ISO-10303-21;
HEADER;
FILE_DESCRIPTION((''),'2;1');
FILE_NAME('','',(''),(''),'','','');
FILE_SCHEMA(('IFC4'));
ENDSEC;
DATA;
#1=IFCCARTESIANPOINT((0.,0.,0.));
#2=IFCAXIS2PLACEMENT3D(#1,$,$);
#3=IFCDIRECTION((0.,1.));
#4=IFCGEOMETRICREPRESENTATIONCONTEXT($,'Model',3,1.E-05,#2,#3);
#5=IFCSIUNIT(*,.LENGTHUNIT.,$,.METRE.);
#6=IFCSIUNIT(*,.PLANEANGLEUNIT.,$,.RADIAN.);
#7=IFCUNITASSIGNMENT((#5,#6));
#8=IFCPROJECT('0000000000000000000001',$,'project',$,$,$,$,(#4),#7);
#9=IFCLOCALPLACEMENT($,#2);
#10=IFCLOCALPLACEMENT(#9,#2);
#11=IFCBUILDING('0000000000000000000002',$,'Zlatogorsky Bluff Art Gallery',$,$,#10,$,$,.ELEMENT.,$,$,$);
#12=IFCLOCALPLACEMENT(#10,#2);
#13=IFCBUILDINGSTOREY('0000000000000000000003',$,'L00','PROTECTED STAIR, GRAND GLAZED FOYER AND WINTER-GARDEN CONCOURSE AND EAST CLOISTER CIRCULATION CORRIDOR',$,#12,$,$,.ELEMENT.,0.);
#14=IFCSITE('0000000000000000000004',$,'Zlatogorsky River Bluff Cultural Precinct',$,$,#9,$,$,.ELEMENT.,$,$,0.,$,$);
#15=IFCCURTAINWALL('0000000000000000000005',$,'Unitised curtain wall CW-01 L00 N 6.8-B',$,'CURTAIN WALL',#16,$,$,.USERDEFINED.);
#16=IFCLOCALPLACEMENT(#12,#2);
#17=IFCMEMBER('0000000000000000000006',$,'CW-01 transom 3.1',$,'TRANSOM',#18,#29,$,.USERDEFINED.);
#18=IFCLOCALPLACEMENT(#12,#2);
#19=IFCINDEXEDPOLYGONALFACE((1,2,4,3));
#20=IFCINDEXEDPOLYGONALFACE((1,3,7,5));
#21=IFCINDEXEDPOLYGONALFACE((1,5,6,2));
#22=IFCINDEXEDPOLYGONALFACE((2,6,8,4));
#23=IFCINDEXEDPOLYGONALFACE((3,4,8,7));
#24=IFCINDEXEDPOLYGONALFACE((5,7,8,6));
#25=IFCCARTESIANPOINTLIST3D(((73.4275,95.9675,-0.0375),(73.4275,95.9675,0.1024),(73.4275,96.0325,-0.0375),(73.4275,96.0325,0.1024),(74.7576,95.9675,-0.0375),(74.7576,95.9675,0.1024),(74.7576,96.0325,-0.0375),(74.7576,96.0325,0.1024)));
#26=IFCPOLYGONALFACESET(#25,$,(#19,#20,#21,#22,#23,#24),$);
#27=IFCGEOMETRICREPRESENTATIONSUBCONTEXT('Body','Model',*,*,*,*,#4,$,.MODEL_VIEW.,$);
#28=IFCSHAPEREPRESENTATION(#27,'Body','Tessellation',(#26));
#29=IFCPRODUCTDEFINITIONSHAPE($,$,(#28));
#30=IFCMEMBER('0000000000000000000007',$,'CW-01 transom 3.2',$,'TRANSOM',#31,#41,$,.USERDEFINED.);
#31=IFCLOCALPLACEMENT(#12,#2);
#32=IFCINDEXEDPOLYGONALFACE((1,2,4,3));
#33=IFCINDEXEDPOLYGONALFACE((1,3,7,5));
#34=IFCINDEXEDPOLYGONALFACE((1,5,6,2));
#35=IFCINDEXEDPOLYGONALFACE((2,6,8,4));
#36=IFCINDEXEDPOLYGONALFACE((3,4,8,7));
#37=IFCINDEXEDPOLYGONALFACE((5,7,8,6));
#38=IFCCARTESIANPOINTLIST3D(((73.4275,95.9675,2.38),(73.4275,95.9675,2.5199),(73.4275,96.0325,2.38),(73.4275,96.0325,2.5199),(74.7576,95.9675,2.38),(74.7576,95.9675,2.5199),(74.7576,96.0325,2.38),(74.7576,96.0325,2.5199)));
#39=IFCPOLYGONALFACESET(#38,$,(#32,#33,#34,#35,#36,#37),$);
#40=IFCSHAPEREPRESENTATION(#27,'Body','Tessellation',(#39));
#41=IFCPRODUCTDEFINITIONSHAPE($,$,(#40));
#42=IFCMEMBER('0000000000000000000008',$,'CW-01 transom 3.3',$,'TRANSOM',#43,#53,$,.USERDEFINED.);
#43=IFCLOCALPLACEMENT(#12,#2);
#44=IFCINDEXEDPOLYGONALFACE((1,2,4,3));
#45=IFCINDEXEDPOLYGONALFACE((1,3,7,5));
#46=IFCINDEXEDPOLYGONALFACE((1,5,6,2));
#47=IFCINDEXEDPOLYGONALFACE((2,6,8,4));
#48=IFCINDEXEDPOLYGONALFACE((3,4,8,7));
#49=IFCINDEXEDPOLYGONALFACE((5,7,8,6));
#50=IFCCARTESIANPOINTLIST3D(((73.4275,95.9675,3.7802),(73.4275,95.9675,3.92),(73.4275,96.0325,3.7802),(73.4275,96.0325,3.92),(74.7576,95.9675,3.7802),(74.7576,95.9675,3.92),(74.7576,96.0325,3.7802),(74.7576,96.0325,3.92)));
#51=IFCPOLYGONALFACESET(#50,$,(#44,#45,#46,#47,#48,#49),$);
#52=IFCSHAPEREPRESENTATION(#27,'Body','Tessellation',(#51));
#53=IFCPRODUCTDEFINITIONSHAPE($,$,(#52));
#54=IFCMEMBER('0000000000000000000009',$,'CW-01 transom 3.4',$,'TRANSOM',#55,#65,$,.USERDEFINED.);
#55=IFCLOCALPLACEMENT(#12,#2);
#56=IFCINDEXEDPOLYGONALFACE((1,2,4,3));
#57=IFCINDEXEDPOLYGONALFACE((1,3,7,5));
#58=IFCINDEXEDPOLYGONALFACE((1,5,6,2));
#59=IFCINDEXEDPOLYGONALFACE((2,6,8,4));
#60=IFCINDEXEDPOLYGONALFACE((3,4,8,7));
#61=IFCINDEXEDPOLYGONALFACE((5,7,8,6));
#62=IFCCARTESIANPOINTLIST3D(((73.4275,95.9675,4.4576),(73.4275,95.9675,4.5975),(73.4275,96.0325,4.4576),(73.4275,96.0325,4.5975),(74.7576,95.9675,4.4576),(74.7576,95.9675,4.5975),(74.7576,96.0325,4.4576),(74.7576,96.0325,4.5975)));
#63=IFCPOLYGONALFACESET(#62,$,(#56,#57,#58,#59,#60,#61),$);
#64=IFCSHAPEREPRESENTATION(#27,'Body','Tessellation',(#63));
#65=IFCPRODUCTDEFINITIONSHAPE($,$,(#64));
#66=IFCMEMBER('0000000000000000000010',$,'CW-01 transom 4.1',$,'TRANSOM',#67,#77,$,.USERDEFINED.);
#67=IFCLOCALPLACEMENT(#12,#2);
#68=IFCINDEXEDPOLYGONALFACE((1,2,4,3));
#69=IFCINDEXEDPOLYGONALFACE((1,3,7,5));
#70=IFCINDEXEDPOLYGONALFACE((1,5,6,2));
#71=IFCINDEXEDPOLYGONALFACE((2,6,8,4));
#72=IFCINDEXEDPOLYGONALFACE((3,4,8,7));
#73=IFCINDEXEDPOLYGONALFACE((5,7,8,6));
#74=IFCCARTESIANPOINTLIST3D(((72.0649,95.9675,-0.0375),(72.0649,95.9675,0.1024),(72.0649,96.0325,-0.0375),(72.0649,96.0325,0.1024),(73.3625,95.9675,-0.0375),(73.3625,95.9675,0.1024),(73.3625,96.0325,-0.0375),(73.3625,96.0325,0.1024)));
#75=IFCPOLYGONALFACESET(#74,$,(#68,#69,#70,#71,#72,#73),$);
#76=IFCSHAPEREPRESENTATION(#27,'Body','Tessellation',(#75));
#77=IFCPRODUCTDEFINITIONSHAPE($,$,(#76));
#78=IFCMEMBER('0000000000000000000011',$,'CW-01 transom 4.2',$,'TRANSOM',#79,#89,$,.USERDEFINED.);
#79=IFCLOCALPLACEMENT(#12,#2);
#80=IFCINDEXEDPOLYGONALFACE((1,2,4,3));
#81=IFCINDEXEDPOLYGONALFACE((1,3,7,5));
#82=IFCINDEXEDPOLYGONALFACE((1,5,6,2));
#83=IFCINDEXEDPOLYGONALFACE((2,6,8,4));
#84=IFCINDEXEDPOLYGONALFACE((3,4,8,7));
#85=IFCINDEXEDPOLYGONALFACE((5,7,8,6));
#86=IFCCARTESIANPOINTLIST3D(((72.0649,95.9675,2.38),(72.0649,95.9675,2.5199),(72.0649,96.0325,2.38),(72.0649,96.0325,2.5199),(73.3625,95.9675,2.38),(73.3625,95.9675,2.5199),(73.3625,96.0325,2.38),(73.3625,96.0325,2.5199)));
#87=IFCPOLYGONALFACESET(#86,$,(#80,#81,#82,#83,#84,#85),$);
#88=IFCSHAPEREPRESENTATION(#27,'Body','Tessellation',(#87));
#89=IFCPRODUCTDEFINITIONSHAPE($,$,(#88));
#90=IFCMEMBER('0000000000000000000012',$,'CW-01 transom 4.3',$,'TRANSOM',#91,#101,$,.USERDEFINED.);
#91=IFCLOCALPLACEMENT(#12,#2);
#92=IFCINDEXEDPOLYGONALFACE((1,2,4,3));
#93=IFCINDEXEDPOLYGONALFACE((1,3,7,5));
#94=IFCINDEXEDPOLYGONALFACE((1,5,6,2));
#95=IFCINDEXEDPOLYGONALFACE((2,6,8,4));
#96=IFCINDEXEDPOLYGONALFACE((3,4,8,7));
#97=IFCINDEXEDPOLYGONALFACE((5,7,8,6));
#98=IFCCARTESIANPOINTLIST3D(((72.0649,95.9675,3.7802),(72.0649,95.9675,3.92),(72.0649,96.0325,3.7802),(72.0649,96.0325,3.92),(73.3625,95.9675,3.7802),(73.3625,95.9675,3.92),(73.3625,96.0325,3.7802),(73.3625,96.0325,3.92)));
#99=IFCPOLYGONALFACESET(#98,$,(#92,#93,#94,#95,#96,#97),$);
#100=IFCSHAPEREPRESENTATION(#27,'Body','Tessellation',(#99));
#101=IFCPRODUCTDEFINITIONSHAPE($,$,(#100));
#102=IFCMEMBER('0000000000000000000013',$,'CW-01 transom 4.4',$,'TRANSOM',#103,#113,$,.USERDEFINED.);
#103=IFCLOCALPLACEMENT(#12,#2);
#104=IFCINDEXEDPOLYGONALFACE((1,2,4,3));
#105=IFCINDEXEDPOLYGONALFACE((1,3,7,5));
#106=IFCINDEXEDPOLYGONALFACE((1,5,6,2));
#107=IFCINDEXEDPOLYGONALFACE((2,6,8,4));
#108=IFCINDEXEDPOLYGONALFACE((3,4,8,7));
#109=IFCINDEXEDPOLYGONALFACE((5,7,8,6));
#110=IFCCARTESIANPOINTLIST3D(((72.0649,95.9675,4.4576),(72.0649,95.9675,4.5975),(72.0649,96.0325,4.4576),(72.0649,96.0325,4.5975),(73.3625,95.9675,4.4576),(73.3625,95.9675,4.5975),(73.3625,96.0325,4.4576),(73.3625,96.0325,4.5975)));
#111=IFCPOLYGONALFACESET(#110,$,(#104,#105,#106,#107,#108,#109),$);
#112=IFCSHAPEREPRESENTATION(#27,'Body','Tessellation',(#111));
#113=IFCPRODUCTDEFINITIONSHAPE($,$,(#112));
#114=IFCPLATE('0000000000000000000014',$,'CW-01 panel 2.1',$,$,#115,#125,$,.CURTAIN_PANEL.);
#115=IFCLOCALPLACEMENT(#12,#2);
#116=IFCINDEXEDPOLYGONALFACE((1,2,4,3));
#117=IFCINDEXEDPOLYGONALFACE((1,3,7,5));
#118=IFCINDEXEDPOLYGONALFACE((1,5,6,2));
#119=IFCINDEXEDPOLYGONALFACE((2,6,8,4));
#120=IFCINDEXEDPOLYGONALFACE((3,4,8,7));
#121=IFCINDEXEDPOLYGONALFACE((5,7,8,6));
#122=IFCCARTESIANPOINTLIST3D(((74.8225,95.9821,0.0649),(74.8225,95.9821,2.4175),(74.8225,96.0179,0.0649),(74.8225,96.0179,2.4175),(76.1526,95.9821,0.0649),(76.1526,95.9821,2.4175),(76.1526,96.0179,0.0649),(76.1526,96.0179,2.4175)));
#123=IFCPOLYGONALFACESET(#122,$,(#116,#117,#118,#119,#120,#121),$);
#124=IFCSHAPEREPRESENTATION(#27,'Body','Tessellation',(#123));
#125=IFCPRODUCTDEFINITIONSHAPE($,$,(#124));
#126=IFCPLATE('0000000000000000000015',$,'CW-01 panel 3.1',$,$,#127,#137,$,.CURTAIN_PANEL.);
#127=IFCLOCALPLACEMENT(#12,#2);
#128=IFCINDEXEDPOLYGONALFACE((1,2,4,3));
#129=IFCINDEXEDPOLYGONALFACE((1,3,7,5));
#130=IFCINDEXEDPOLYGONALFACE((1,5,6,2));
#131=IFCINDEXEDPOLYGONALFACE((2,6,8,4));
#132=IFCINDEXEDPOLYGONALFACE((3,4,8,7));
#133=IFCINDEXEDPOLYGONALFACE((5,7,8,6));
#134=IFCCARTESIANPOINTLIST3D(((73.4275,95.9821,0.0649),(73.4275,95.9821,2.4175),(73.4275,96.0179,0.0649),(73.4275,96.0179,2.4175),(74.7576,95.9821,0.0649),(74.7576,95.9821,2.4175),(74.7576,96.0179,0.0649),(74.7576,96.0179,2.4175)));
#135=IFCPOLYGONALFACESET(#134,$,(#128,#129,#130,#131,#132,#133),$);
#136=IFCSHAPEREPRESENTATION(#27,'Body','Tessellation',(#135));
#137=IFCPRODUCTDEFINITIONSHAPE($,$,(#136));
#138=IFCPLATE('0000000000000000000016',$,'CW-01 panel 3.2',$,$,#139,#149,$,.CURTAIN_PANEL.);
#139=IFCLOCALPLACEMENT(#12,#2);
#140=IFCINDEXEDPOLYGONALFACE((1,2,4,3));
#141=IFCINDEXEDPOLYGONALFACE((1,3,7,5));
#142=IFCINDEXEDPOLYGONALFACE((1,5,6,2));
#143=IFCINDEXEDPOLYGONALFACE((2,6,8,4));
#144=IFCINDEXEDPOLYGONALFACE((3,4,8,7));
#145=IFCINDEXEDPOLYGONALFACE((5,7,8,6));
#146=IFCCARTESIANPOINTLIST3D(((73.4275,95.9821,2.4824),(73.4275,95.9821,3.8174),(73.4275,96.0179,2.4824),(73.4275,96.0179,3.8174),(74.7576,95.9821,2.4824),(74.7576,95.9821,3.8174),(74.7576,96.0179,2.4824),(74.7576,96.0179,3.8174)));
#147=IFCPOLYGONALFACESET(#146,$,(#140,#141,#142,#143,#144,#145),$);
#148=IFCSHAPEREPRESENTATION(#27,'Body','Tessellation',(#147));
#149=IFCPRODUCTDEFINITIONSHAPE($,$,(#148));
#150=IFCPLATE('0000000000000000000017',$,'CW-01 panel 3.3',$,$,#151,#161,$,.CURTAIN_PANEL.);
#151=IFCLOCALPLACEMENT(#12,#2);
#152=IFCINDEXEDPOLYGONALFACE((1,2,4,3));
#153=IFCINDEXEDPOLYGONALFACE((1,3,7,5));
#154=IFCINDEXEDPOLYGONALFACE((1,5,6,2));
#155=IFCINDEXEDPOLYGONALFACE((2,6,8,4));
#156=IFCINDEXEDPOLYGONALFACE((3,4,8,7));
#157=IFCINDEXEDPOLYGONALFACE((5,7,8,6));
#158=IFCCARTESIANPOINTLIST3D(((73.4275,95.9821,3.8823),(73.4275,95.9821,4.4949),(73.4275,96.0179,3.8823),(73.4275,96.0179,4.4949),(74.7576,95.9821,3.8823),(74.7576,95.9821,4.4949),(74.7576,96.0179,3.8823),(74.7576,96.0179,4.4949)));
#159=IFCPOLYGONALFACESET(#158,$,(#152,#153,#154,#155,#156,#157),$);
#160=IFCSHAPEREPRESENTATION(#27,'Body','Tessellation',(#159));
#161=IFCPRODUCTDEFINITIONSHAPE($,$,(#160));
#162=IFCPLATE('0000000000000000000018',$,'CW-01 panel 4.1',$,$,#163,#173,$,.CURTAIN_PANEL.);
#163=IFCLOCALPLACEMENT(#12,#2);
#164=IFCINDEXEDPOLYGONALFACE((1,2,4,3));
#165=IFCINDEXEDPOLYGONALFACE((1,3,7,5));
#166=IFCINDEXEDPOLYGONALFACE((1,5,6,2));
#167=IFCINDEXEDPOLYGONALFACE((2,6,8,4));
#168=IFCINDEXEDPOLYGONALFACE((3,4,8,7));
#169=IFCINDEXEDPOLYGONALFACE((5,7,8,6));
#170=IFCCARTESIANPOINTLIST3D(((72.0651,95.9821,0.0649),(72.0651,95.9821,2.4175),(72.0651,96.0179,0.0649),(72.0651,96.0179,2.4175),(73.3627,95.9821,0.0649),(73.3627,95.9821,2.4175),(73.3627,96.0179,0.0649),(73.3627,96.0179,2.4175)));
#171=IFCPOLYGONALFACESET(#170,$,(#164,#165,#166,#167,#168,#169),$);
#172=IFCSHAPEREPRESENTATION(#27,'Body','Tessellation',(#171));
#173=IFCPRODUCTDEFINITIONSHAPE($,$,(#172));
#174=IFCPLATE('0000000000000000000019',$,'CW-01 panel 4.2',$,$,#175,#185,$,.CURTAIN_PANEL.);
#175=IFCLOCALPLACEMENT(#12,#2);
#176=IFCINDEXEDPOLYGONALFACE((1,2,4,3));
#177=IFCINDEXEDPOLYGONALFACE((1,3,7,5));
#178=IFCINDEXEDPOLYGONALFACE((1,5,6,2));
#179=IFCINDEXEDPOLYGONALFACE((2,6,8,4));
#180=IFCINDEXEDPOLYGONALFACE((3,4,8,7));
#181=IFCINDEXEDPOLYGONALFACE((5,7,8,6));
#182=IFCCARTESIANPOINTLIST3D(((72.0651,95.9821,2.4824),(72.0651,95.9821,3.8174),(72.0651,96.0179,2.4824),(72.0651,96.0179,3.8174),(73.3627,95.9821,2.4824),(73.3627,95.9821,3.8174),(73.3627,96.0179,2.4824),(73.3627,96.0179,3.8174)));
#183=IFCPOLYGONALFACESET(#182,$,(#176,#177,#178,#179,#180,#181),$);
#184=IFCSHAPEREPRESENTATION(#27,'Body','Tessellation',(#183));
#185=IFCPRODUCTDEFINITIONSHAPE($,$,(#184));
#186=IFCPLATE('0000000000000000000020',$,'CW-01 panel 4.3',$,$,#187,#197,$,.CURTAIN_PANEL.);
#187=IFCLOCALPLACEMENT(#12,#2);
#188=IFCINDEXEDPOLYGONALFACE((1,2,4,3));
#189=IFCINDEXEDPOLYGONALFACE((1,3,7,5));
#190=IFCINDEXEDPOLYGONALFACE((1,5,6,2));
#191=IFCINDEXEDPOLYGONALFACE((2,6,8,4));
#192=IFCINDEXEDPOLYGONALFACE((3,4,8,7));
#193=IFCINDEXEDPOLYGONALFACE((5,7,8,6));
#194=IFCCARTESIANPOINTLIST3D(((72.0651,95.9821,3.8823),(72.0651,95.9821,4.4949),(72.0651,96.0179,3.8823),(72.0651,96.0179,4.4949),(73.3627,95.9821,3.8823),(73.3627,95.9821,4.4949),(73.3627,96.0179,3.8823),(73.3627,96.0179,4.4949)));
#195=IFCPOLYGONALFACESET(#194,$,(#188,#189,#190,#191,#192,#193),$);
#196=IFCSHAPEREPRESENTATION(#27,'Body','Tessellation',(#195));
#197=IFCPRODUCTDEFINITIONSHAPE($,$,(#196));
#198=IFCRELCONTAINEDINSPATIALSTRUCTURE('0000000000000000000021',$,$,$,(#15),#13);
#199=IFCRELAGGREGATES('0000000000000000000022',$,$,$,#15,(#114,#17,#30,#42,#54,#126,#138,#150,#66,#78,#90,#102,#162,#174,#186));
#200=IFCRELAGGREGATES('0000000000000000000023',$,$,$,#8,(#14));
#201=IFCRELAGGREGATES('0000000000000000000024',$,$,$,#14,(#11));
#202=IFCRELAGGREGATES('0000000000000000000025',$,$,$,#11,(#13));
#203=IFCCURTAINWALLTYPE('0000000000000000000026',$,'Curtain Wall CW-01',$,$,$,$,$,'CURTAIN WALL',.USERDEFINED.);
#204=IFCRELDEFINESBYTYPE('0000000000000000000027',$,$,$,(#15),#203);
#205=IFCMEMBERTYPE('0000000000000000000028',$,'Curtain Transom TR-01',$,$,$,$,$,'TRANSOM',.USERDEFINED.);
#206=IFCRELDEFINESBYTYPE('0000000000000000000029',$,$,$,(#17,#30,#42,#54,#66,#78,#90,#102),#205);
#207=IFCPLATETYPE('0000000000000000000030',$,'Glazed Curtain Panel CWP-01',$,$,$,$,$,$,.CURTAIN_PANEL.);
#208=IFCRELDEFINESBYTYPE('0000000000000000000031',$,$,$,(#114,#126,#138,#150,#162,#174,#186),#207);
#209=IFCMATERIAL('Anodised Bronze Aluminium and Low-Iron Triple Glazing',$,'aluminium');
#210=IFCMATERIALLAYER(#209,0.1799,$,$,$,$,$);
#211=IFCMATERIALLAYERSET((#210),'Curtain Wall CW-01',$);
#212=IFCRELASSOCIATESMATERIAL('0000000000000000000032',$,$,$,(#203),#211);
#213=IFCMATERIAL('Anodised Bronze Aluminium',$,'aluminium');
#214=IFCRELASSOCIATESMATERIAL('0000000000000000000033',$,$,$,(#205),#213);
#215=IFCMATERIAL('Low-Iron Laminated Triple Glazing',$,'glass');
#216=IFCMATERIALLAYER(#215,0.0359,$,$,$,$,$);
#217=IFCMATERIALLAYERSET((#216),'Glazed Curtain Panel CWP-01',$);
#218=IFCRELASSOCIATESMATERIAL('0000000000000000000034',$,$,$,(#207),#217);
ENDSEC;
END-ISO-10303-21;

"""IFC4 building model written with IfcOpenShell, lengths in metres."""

from ifc_helpers import new_model, si_unit, direction, frame, origin, origin_2d, place, context, subcontext, project, spatial, rectangle, extrude, material, layer, layer_set, material_profile, profile_set, type_object, element, aggregate, save


model = new_model("IFC4")

# Units and contexts
model_context = context("Model", 3, precision=1e-05, world=origin(), true_north=direction((0.0, 1.0)))
body_context = subcontext(model_context, "Body", "Model", "MODEL_VIEW")
ifc_project = project(units=[si_unit("LENGTHUNIT", "METRE"), si_unit("PLANEANGLEUNIT", "RADIAN")], contexts=[model_context])

# Site, building, storey
site_placement = place(None, origin())
site = spatial("IfcSite", under=ifc_project, at=site_placement, Name="Zlatogorsky River Bluff Cultural Precinct", CompositionType="ELEMENT", RefElevation=0.0)
building_placement = place(site_placement, origin())
building = spatial("IfcBuilding", under=site, at=building_placement, Name="Zlatogorsky Bluff Art Gallery", CompositionType="ELEMENT")
storey_placement = place(building_placement, origin())
storey = spatial("IfcBuildingStorey", under=building, at=storey_placement, Name="L00", Description="PROTECTED STAIR, GRAND GLAZED FOYER AND WINTER-GARDEN CONCOURSE AND EAST CLOISTER CIRCULATION CORRIDOR", CompositionType="ELEMENT", Elevation=0.0)

# Curtain wall, members, plates
ifc_material_1 = material(Name="Anodised Bronze Aluminium and Low-Iron Triple Glazing", Category="aluminium")
ifc_layer_1 = layer(ifc_material_1, 0.1799)
ifc_layer_set_1 = layer_set([ifc_layer_1], Name="Curtain Wall CW-01")
curtain_wall_type = type_object("IfcCurtainWallType", Name="Curtain Wall CW-01", ElementType="CURTAIN WALL", PredefinedType="USERDEFINED", material=ifc_layer_set_1)
curtain_wall_placement = place(storey_placement, origin())
curtain_wall = element("IfcCurtainWall", 1, at=curtain_wall_placement, inside=storey, type_object=curtain_wall_type, Name="Unitised curtain wall CW-01 L00 N 6.8-B", ObjectType="CURTAIN WALL", PredefinedType="USERDEFINED")
ifc_material_2 = material(Name="Anodised Bronze Aluminium", Category="aluminium")
ifc_material_profile_1 = material_profile(ifc_material_2, rectangle(XDim=0.0649, YDim=0.1399, at=origin_2d()), Name="ALU TRANSOM 65x140")
ifc_profile_set_1 = profile_set([ifc_material_profile_1], Name="Anodised Bronze Aluminium")
member_type_1 = type_object("IfcMemberType", Name="Curtain Transom TR-01", ElementType="TRANSOM", PredefinedType="USERDEFINED", material=ifc_profile_set_1)
member_1_placement = place(storey_placement, frame((74.7576, 96.0, 0.0325), z_axis=(-1.0, 0.0, 0.0), x_axis=(0.0, -1.0, 0.0)))
member_1 = element("IfcMember", 2, at=member_1_placement, type_object=member_type_1, Name="CW-01 transom 3.1", ObjectType="TRANSOM", PredefinedType="USERDEFINED", context=body_context, shape_type="SweptSolid", body=[
    extrude(rectangle(XDim=0.0649, YDim=0.1399, at=origin_2d()), origin(), (0.0, 0.0, 1.0), 1.3301),
])
member_2_placement = place(storey_placement, frame((74.7576, 96.0, 2.45), z_axis=(-1.0, 0.0, 0.0), x_axis=(0.0, -1.0, 0.0)))
member_2 = element("IfcMember", 3, at=member_2_placement, type_object=member_type_1, Name="CW-01 transom 3.2", ObjectType="TRANSOM", PredefinedType="USERDEFINED", context=body_context, shape_type="SweptSolid", body=[
    extrude(rectangle(XDim=0.0649, YDim=0.1399, at=origin_2d()), origin(), (0.0, 0.0, 1.0), 1.3301),
])
member_3_placement = place(storey_placement, frame((74.7576, 96.0, 3.8501), z_axis=(-1.0, 0.0, 0.0), x_axis=(0.0, -1.0, 0.0)))
member_3 = element("IfcMember", 4, at=member_3_placement, type_object=member_type_1, Name="CW-01 transom 3.3", ObjectType="TRANSOM", PredefinedType="USERDEFINED", context=body_context, shape_type="SweptSolid", body=[
    extrude(rectangle(XDim=0.0649, YDim=0.1399, at=origin_2d()), origin(), (0.0, 0.0, 1.0), 1.3301),
])
member_4_placement = place(storey_placement, frame((74.7576, 96.0, 4.5276), z_axis=(-1.0, 0.0, 0.0), x_axis=(0.0, -1.0, 0.0)))
member_4 = element("IfcMember", 5, at=member_4_placement, type_object=member_type_1, Name="CW-01 transom 3.4", ObjectType="TRANSOM", PredefinedType="USERDEFINED", context=body_context, shape_type="SweptSolid", body=[
    extrude(rectangle(XDim=0.0649, YDim=0.1399, at=origin_2d()), origin(), (0.0, 0.0, 1.0), 1.3301),
])
member_5_placement = place(storey_placement, frame((73.3625, 96.0, 0.0325), z_axis=(-1.0, 0.0, 0.0), x_axis=(0.0, -1.0, 0.0)))
member_5 = element("IfcMember", 6, at=member_5_placement, type_object=member_type_1, Name="CW-01 transom 4.1", ObjectType="TRANSOM", PredefinedType="USERDEFINED", context=body_context, shape_type="SweptSolid", body=[
    extrude(rectangle(XDim=0.0649, YDim=0.1399, at=origin_2d()), origin(), (0.0, 0.0, 1.0), 1.2976),
])
member_6_placement = place(storey_placement, frame((73.3625, 96.0, 2.45), z_axis=(-1.0, 0.0, 0.0), x_axis=(0.0, -1.0, 0.0)))
member_6 = element("IfcMember", 7, at=member_6_placement, type_object=member_type_1, Name="CW-01 transom 4.2", ObjectType="TRANSOM", PredefinedType="USERDEFINED", context=body_context, shape_type="SweptSolid", body=[
    extrude(rectangle(XDim=0.0649, YDim=0.1399, at=origin_2d()), origin(), (0.0, 0.0, 1.0), 1.2976),
])
member_7_placement = place(storey_placement, frame((73.3625, 96.0, 3.8501), z_axis=(-1.0, 0.0, 0.0), x_axis=(0.0, -1.0, 0.0)))
member_7 = element("IfcMember", 8, at=member_7_placement, type_object=member_type_1, Name="CW-01 transom 4.3", ObjectType="TRANSOM", PredefinedType="USERDEFINED", context=body_context, shape_type="SweptSolid", body=[
    extrude(rectangle(XDim=0.0649, YDim=0.1399, at=origin_2d()), origin(), (0.0, 0.0, 1.0), 1.2976),
])
member_8_placement = place(storey_placement, frame((73.3625, 96.0, 4.5276), z_axis=(-1.0, 0.0, 0.0), x_axis=(0.0, -1.0, 0.0)))
member_8 = element("IfcMember", 9, at=member_8_placement, type_object=member_type_1, Name="CW-01 transom 4.4", ObjectType="TRANSOM", PredefinedType="USERDEFINED", context=body_context, shape_type="SweptSolid", body=[
    extrude(rectangle(XDim=0.0649, YDim=0.1399, at=origin_2d()), origin(), (0.0, 0.0, 1.0), 1.2976),
])
ifc_material_3 = material(Name="Low-Iron Laminated Triple Glazing", Category="glass")
ifc_layer_2 = layer(ifc_material_3, 0.0359)
ifc_layer_set_2 = layer_set([ifc_layer_2], Name="Glazed Curtain Panel CWP-01")
plate_type = type_object("IfcPlateType", Name="Glazed Curtain Panel CWP-01", PredefinedType="CURTAIN_PANEL", material=ifc_layer_set_2)
plate_1_placement = place(storey_placement, frame((75.4875, 96.0, 0.0649), z_axis=(0.0, 0.0, 1.0), x_axis=(-1.0, 0.0, 0.0)))
plate_1 = element("IfcPlate", 10, at=plate_1_placement, type_object=plate_type, Name="CW-01 panel 2.1", PredefinedType="CURTAIN_PANEL", context=body_context, shape_type="SweptSolid", body=[
    extrude(rectangle(XDim=1.3301, YDim=0.0359, at=origin_2d()), origin(), (0.0, 0.0, 1.0), 2.3525),
])
plate_2_placement = place(storey_placement, frame((74.0925, 96.0, 0.0649), z_axis=(0.0, 0.0, 1.0), x_axis=(-1.0, 0.0, 0.0)))
plate_2 = element("IfcPlate", 11, at=plate_2_placement, type_object=plate_type, Name="CW-01 panel 3.1", PredefinedType="CURTAIN_PANEL", context=body_context, shape_type="SweptSolid", body=[
    extrude(rectangle(XDim=1.3301, YDim=0.0359, at=origin_2d()), origin(), (0.0, 0.0, 1.0), 2.3525),
])
plate_3_placement = place(storey_placement, frame((74.0925, 96.0, 2.4824), z_axis=(0.0, 0.0, 1.0), x_axis=(-1.0, 0.0, 0.0)))
plate_3 = element("IfcPlate", 12, at=plate_3_placement, type_object=plate_type, Name="CW-01 panel 3.2", PredefinedType="CURTAIN_PANEL", context=body_context, shape_type="SweptSolid", body=[
    extrude(rectangle(XDim=1.3301, YDim=0.0359, at=origin_2d()), origin(), (0.0, 0.0, 1.0), 1.335),
])
plate_4_placement = place(storey_placement, frame((74.0925, 96.0, 3.8823), z_axis=(0.0, 0.0, 1.0), x_axis=(-1.0, 0.0, 0.0)))
plate_4 = element("IfcPlate", 13, at=plate_4_placement, type_object=plate_type, Name="CW-01 panel 3.3", PredefinedType="CURTAIN_PANEL", context=body_context, shape_type="SweptSolid", body=[
    extrude(rectangle(XDim=1.3301, YDim=0.0359, at=origin_2d()), origin(), (0.0, 0.0, 1.0), 0.6125),
])
plate_5_placement = place(storey_placement, frame((72.7139, 96.0, 0.0649), z_axis=(0.0, 0.0, 1.0), x_axis=(-1.0, 0.0, 0.0)))
plate_5 = element("IfcPlate", 14, at=plate_5_placement, type_object=plate_type, Name="CW-01 panel 4.1", PredefinedType="CURTAIN_PANEL", context=body_context, shape_type="SweptSolid", body=[
    extrude(rectangle(XDim=1.2976, YDim=0.0359, at=origin_2d()), origin(), (0.0, 0.0, 1.0), 2.3525),
])
plate_6_placement = place(storey_placement, frame((72.7139, 96.0, 2.4824), z_axis=(0.0, 0.0, 1.0), x_axis=(-1.0, 0.0, 0.0)))
plate_6 = element("IfcPlate", 15, at=plate_6_placement, type_object=plate_type, Name="CW-01 panel 4.2", PredefinedType="CURTAIN_PANEL", context=body_context, shape_type="SweptSolid", body=[
    extrude(rectangle(XDim=1.2976, YDim=0.0359, at=origin_2d()), origin(), (0.0, 0.0, 1.0), 1.335),
])
plate_7_placement = place(storey_placement, frame((72.7139, 96.0, 3.8823), z_axis=(0.0, 0.0, 1.0), x_axis=(-1.0, 0.0, 0.0)))
plate_7 = element("IfcPlate", 16, at=plate_7_placement, type_object=plate_type, Name="CW-01 panel 4.3", PredefinedType="CURTAIN_PANEL", context=body_context, shape_type="SweptSolid", body=[
    extrude(rectangle(XDim=1.2976, YDim=0.0359, at=origin_2d()), origin(), (0.0, 0.0, 1.0), 0.6125),
])
aggregate(curtain_wall, [plate_1, member_1, member_2, member_3, member_4, plate_2, plate_3, plate_4, member_5, member_6, member_7, member_8, plate_5, plate_6, plate_7])

save(model, "model.ifc")
